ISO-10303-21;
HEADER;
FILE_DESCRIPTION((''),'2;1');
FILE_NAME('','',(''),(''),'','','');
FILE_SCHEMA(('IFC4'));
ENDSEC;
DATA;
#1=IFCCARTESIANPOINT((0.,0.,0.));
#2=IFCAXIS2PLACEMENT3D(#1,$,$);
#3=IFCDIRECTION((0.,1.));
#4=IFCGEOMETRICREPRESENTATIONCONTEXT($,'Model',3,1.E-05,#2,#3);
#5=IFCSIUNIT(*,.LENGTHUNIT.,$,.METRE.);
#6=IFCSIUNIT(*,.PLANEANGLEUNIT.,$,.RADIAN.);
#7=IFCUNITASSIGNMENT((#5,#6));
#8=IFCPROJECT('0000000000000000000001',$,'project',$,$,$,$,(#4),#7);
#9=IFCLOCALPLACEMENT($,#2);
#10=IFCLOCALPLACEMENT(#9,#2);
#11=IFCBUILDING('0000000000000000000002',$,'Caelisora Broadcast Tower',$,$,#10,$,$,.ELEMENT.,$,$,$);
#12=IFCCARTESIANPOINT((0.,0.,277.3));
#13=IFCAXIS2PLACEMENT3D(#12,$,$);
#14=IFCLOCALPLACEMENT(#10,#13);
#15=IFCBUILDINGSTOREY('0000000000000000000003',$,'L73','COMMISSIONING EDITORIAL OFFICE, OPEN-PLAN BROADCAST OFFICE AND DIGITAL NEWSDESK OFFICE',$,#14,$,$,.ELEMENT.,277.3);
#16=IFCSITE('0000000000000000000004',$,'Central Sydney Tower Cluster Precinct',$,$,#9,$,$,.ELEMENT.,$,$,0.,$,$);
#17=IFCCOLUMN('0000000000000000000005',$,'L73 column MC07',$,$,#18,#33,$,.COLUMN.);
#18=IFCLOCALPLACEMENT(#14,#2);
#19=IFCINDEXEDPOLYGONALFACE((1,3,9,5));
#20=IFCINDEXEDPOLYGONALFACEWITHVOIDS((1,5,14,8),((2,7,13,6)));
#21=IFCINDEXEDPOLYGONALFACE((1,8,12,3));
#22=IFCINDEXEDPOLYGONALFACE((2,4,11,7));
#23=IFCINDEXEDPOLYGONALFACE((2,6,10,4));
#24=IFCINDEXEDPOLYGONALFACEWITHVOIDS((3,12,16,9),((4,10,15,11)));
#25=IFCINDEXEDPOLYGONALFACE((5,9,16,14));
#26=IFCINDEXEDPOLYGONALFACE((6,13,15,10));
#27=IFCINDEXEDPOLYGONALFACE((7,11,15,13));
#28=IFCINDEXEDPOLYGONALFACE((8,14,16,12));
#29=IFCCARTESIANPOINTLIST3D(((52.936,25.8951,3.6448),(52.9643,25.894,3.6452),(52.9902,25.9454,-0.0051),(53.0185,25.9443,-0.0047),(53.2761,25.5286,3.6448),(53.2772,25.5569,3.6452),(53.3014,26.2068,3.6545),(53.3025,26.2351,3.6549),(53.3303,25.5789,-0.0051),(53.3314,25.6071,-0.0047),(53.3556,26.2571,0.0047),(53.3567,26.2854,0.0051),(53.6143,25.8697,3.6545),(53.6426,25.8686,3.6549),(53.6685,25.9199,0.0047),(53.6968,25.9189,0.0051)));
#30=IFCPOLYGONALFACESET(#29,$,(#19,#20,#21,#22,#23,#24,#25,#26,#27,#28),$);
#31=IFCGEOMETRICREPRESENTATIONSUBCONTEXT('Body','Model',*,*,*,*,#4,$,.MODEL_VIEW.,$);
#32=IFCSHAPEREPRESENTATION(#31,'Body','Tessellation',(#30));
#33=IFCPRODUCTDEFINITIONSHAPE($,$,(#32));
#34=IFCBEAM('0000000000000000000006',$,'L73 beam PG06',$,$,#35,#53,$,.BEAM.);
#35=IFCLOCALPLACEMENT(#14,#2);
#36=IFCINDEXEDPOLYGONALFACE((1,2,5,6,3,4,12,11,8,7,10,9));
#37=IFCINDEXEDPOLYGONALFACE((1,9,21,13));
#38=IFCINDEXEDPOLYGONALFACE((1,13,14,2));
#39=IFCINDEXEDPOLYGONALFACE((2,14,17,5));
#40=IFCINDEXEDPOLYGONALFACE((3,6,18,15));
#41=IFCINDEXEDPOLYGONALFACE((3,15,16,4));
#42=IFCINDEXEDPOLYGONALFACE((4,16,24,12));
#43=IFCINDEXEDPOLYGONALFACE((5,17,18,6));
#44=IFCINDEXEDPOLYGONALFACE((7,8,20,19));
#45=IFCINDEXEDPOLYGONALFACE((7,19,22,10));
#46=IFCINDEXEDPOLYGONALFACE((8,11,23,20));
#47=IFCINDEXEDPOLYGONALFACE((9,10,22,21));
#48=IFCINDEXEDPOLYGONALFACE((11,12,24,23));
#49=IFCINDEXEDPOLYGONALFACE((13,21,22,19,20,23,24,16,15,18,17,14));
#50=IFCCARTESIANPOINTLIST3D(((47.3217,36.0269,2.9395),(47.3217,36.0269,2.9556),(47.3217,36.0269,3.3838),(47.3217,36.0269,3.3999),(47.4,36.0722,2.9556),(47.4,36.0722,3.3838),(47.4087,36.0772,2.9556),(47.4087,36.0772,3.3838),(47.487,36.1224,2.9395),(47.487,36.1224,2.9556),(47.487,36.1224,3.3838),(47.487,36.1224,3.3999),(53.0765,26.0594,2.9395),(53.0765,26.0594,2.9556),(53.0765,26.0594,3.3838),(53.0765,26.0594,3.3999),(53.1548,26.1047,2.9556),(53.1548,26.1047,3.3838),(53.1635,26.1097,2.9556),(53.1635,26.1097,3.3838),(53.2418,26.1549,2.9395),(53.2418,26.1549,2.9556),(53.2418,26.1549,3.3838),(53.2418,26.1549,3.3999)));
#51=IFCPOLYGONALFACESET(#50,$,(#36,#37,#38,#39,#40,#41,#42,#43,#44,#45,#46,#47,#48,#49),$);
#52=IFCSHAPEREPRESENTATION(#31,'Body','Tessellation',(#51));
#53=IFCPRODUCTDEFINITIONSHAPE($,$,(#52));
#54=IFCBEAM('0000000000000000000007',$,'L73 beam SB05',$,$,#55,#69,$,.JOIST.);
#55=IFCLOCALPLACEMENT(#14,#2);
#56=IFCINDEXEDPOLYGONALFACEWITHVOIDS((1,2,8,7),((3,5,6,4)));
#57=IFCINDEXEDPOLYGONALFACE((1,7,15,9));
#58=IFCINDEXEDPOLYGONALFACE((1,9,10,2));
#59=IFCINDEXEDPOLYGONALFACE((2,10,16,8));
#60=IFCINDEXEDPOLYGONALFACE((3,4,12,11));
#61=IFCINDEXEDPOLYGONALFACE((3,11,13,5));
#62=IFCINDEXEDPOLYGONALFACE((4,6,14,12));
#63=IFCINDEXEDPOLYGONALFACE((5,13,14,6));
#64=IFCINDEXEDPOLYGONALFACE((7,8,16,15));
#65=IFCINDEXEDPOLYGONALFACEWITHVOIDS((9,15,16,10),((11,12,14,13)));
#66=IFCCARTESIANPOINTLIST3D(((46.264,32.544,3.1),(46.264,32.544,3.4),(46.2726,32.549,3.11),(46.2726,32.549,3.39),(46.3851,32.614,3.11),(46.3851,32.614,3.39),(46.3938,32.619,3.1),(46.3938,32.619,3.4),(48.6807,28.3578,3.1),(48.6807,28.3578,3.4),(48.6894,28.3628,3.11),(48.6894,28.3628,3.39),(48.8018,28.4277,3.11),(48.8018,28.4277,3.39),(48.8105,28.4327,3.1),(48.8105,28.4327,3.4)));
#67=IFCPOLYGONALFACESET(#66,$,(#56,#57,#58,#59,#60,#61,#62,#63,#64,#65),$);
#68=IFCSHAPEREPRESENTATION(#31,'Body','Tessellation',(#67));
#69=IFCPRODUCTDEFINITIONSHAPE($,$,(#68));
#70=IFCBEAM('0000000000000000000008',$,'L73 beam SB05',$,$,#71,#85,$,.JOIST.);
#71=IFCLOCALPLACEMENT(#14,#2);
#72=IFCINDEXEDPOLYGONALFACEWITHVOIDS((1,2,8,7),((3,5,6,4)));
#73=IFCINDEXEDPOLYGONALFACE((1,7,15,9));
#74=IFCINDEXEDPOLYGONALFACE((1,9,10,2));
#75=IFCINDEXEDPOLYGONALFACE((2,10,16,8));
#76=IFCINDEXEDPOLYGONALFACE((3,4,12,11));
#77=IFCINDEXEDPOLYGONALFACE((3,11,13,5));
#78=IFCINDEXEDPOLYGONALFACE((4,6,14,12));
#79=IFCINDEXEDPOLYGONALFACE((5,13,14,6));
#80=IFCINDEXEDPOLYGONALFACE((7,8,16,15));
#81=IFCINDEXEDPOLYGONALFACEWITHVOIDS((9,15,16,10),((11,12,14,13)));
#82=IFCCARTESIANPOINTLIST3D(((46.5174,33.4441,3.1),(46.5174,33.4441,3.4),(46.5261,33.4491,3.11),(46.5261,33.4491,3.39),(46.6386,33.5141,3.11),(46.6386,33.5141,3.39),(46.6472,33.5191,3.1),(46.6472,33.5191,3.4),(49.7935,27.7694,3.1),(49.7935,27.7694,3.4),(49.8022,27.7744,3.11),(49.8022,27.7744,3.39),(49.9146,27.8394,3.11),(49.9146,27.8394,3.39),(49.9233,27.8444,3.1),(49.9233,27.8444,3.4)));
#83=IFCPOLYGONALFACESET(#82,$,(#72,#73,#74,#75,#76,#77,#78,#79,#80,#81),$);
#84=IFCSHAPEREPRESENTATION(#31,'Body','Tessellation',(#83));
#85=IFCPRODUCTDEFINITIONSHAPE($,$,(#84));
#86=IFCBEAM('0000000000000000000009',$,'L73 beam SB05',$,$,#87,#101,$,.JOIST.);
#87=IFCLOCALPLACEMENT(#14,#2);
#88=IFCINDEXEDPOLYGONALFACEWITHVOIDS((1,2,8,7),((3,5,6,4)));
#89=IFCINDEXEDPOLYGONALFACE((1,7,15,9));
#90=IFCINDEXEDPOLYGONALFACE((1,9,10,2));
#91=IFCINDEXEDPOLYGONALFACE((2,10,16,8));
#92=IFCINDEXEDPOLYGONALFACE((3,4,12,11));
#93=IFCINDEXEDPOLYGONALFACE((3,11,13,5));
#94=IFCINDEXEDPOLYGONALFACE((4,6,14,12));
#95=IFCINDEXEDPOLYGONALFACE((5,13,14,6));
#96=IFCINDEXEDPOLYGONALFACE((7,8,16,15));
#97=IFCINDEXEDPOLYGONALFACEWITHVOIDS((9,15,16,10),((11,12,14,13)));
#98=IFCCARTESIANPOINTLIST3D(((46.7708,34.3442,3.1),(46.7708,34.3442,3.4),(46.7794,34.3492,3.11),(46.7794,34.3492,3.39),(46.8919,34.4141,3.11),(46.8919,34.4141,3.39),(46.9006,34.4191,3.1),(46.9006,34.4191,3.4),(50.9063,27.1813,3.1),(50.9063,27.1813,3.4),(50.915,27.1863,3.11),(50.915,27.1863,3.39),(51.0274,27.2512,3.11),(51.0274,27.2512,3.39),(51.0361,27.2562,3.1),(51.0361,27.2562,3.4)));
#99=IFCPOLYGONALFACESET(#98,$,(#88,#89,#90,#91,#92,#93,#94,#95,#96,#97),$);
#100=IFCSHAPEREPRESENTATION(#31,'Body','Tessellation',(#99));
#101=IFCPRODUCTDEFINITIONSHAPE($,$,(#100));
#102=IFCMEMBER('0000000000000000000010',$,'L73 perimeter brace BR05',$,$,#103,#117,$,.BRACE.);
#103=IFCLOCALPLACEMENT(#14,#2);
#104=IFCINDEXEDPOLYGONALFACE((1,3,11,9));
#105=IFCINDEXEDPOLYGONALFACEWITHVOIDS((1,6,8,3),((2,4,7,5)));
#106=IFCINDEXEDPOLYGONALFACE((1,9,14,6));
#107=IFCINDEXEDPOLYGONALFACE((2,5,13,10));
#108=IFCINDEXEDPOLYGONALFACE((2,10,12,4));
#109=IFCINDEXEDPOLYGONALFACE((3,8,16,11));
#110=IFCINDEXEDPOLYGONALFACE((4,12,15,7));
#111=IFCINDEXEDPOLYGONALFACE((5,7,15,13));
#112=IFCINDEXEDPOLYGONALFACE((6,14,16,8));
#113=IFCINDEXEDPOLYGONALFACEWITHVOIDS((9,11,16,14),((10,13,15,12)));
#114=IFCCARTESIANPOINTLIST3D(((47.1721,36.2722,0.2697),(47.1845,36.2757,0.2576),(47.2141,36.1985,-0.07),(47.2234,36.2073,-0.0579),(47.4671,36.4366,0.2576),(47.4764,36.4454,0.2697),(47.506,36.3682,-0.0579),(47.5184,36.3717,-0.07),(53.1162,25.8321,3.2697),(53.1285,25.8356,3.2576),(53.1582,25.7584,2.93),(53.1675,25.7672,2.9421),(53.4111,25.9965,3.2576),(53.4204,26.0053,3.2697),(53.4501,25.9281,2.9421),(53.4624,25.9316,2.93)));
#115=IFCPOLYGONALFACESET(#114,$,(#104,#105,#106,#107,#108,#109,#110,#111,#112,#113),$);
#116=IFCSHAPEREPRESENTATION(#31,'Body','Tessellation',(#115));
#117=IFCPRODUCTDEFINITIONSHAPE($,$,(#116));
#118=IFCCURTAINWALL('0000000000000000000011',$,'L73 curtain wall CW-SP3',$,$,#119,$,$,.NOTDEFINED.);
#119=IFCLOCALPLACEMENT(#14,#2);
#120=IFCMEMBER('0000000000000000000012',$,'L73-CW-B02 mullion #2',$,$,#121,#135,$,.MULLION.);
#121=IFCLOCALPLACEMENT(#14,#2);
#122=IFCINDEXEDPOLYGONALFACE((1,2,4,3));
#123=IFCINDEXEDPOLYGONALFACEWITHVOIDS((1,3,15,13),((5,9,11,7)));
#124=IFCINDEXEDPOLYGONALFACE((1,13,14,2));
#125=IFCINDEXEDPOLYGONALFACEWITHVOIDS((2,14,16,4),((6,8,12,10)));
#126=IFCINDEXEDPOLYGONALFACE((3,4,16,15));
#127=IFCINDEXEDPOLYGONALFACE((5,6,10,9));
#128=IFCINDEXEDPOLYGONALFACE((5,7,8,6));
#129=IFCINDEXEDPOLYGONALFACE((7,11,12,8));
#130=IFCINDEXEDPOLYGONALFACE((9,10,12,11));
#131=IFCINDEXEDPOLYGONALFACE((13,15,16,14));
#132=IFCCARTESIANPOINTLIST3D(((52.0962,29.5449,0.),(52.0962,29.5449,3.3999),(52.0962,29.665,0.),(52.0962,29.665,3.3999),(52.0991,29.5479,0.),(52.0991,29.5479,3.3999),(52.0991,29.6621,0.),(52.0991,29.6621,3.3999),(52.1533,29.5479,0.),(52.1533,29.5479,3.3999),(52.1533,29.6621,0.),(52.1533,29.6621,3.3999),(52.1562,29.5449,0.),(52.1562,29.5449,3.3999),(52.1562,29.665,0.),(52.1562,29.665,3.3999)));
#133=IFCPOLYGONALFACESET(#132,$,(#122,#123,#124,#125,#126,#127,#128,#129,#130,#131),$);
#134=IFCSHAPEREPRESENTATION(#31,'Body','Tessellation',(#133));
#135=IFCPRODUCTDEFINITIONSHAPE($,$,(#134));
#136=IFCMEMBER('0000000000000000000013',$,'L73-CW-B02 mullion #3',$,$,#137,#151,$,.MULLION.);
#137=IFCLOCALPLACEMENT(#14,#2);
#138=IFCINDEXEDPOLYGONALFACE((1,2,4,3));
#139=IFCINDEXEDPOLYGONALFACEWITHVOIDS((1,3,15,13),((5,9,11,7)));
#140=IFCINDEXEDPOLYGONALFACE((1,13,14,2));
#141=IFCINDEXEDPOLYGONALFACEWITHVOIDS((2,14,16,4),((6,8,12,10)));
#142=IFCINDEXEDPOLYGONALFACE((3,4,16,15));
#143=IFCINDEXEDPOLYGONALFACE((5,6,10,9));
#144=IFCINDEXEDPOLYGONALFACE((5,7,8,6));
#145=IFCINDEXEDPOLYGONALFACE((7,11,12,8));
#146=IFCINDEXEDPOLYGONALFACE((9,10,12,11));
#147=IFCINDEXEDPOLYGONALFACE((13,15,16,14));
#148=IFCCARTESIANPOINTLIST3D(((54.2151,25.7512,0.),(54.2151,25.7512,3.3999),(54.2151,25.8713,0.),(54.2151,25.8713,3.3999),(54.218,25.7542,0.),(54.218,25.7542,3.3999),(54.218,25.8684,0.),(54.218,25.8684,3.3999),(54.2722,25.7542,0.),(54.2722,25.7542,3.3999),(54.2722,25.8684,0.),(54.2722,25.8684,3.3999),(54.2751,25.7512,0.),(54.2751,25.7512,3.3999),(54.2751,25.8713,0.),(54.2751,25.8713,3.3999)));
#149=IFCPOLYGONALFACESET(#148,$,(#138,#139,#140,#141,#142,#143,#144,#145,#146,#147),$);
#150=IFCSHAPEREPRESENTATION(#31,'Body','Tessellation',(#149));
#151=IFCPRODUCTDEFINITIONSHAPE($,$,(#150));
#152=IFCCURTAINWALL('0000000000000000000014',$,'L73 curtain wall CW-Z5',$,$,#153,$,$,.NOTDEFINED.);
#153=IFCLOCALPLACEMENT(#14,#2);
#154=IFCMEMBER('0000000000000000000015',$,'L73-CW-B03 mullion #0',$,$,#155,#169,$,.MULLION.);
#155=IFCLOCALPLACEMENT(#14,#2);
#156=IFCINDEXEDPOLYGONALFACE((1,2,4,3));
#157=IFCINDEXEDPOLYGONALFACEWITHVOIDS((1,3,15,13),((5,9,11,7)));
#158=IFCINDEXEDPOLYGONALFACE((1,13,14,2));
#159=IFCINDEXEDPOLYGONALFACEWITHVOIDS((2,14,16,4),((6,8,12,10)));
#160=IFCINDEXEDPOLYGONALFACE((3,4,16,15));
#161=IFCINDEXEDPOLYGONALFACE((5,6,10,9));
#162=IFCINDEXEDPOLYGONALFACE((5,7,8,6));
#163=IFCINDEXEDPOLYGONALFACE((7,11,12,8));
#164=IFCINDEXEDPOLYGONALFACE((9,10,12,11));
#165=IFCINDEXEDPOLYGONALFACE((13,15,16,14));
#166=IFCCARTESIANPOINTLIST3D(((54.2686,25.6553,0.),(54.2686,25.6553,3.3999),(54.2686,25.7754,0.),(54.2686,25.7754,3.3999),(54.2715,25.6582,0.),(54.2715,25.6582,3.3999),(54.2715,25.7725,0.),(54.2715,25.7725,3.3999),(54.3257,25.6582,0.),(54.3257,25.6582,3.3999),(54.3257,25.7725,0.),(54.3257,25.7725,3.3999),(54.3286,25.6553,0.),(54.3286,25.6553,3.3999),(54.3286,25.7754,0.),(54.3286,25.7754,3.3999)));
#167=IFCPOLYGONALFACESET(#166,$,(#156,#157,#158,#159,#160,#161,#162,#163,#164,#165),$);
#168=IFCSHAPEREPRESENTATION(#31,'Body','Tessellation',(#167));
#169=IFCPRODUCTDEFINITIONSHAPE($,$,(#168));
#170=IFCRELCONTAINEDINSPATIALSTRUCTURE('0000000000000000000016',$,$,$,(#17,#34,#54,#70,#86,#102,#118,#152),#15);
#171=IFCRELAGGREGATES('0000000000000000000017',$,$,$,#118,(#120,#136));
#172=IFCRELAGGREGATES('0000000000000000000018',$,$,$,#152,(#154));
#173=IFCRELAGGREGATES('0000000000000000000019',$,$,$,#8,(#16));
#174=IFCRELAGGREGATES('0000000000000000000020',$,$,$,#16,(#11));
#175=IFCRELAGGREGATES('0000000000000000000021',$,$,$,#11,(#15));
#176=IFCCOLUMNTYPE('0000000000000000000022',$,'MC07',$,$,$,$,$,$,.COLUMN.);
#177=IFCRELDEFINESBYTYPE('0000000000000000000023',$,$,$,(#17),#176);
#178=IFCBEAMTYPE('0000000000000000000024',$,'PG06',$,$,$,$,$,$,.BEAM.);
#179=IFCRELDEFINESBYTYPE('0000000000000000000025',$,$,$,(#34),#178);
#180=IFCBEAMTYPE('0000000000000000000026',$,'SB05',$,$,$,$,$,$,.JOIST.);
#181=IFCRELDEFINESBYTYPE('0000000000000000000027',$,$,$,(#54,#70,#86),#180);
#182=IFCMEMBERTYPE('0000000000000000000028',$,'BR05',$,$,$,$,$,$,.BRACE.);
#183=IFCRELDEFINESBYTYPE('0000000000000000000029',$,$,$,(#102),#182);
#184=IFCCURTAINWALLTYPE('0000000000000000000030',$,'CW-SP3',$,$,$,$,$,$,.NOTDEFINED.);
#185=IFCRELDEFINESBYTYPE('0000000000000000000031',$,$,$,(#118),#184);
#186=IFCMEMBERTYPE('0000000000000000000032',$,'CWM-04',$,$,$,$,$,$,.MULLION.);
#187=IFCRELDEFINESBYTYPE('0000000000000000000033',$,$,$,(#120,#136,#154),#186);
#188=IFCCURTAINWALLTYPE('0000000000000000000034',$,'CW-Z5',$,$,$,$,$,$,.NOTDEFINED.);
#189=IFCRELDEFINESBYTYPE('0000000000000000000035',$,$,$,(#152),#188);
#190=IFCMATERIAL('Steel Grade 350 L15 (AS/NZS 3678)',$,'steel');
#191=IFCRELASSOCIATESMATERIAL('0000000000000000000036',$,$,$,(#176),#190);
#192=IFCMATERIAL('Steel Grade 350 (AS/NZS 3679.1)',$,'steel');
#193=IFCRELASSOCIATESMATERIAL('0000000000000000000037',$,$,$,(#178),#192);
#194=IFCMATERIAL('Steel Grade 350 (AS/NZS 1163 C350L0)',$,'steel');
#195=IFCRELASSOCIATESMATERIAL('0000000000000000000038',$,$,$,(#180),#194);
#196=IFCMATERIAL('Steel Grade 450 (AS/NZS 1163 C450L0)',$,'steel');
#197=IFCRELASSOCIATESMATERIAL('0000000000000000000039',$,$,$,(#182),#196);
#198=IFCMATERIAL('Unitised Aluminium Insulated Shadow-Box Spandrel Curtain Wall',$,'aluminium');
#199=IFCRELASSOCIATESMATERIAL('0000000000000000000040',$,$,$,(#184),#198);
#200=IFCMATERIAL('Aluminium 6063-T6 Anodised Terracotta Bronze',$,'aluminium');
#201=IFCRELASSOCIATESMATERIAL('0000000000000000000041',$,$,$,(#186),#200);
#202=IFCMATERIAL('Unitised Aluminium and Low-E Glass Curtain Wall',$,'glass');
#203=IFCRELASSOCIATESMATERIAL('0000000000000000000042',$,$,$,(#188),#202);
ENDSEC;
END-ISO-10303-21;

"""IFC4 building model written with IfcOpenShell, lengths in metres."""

from ifc_helpers import new_model, si_unit, direction, frame, origin, origin_2d, place, context, subcontext, project, spatial, hollow_rectangle, i_section, extrude, source, transform, mapped, material, material_profile, profile_set, type_object, type_shapes, element, aggregate, save


model = new_model("IFC4")

# Units and contexts
model_context = context("Model", 3, precision=1e-05, world=origin(), true_north=direction((0.0, 1.0)))
body_context = subcontext(model_context, "Body", "Model", "MODEL_VIEW")
ifc_project = project(units=[si_unit("LENGTHUNIT", "METRE"), si_unit("PLANEANGLEUNIT", "RADIAN")], contexts=[model_context])

# Site, building, storey
site_placement = place(None, origin())
site = spatial("IfcSite", under=ifc_project, at=site_placement, Name="Central Sydney Tower Cluster Precinct", CompositionType="ELEMENT", RefElevation=0.0)
building_placement = place(site_placement, origin())
building = spatial("IfcBuilding", under=site, at=building_placement, Name="Caelisora Broadcast Tower", CompositionType="ELEMENT")
storey_placement = place(building_placement, frame((0.0, 0.0, 277.3)))
storey = spatial("IfcBuildingStorey", under=building, at=storey_placement, Name="L73", Description="COMMISSIONING EDITORIAL OFFICE, OPEN-PLAN BROADCAST OFFICE AND DIGITAL NEWSDESK OFFICE", CompositionType="ELEMENT", Elevation=277.3)

# Column
ifc_material_1 = material(Name="Steel Grade 350 L15 (AS/NZS 3678)", Category="steel")
ifc_material_profile_1 = material_profile(ifc_material_1, hollow_rectangle(XDim=0.5, YDim=0.5, WallThickness=0.02, at=origin_2d()), Name="Steel Grade 350 L15 (AS/NZS 3678)")
ifc_profile_set_1 = profile_set([ifc_material_profile_1], Name="Steel Grade 350 L15 (AS/NZS 3678)")
column_type = type_object("IfcColumnType", Name="MC07", PredefinedType="COLUMN", material=ifc_profile_set_1)
shared_shape_1 = source(origin(), body_context, "Body", "SweptSolid", [
    extrude(hollow_rectangle(XDim=0.5, YDim=0.5, WallThickness=0.02, at=origin_2d()), origin(), (0.0, 0.0, 1.0), 3.6506),
])
type_shapes(column_type, [shared_shape_1])
column_placement = place(storey_placement, frame((53.3435, 25.9321, 0.0), z_axis=(-0.014846, -0.013776, 0.999795), x_axis=(0.680198, -0.733029, 0.0)))
element("IfcColumn", 1, at=column_placement, inside=storey, type_object=column_type, Name="L73 column MC07", PredefinedType="COLUMN", context=body_context, shape_type="MappedRepresentation", body=[
    mapped(shared_shape_1, transform((0.0, 0.0, 0.0), scale=1.0)),
])

# Beams
ifc_material_2 = material(Name="Steel Grade 350 (AS/NZS 3679.1)", Category="steel")
ifc_material_profile_2 = material_profile(ifc_material_2, i_section(OverallWidth=0.1909, OverallDepth=0.4604, WebThickness=0.01, FlangeThickness=0.0161, at=origin_2d()), Name="Steel Grade 350 (AS/NZS 3679.1)")
ifc_profile_set_2 = profile_set([ifc_material_profile_2], Name="Steel Grade 350 (AS/NZS 3679.1)")
beam_type_1 = type_object("IfcBeamType", Name="PG06", PredefinedType="BEAM", material=ifc_profile_set_2)
shared_shape_2 = source(origin(), body_context, "Body", "SweptSolid", [
    extrude(i_section(OverallWidth=0.1909, OverallDepth=0.4604, WebThickness=0.01, FlangeThickness=0.0161, at=origin_2d()), origin(), (0.0, 0.0, 1.0), 11.5095),
])
type_shapes(beam_type_1, [shared_shape_2])
beam_1_placement = place(storey_placement, frame((53.1592, 26.1072, 3.1697), z_axis=(-0.500008, 0.866021, 0.0), x_axis=(-0.866021, -0.500008, 0.0)))
element("IfcBeam", 2, at=beam_1_placement, inside=storey, type_object=beam_type_1, Name="L73 beam PG06", PredefinedType="BEAM", context=body_context, shape_type="MappedRepresentation", body=[
    mapped(shared_shape_2, transform((0.0, 0.0, 0.0), scale=1.0)),
])
ifc_material_3 = material(Name="Steel Grade 350 (AS/NZS 1163 C350L0)", Category="steel")
ifc_material_profile_3 = material_profile(ifc_material_3, hollow_rectangle(XDim=0.1499, YDim=0.3, WallThickness=0.01, at=origin_2d()), Name="Steel Grade 350 (AS/NZS 1163 C350L0)")
ifc_profile_set_3 = profile_set([ifc_material_profile_3], Name="Steel Grade 350 (AS/NZS 1163 C350L0)")
beam_type_2 = type_object("IfcBeamType", Name="SB05", PredefinedType="JOIST", material=ifc_profile_set_3)
shared_shape_3 = source(origin(), body_context, "Body", "SweptSolid", [
    extrude(hollow_rectangle(XDim=0.1499, YDim=0.3, WallThickness=0.01, at=origin_2d()), origin(), (0.0, 0.0, 1.0), 4.8337),
])
beam_2_placement = place(storey_placement, frame((48.7456, 28.3953, 3.25), z_axis=(-0.499969, 0.866043, 0.0), x_axis=(-0.866043, -0.499969, 0.0)))
element("IfcBeam", 3, at=beam_2_placement, inside=storey, type_object=beam_type_2, Name="L73 beam SB05", PredefinedType="JOIST", context=body_context, shape_type="MappedRepresentation", body=[
    mapped(shared_shape_3, transform((0.0, 0.0, 0.0), scale=1.0)),
])
shared_shape_4 = source(origin(), body_context, "Body", "SweptSolid", [
    extrude(hollow_rectangle(XDim=0.1499, YDim=0.3, WallThickness=0.01, at=origin_2d()), origin(), (0.0, 0.0, 1.0), 6.5525),
])
beam_3_placement = place(storey_placement, frame((49.8584, 27.8069, 3.25), z_axis=(-0.499974, 0.86604, 0.0), x_axis=(-0.86604, -0.499974, 0.0)))
element("IfcBeam", 4, at=beam_3_placement, inside=storey, type_object=beam_type_2, Name="L73 beam SB05", PredefinedType="JOIST", context=body_context, shape_type="MappedRepresentation", body=[
    mapped(shared_shape_4, transform((0.0, 0.0, 0.0), scale=1.0)),
])
shared_shape_5 = source(origin(), body_context, "Body", "SweptSolid", [
    extrude(hollow_rectangle(XDim=0.1499, YDim=0.3, WallThickness=0.01, at=origin_2d()), origin(), (0.0, 0.0, 1.0), 8.271),
])
type_shapes(beam_type_2, [shared_shape_3, shared_shape_4, shared_shape_5])
beam_4_placement = place(storey_placement, frame((50.9712, 27.2188, 3.25), z_axis=(-0.500003, 0.866024, 0.0), x_axis=(-0.866024, -0.500003, 0.0)))
element("IfcBeam", 5, at=beam_4_placement, inside=storey, type_object=beam_type_2, Name="L73 beam SB05", PredefinedType="JOIST", context=body_context, shape_type="MappedRepresentation", body=[
    mapped(shared_shape_5, transform((0.0, 0.0, 0.0), scale=1.0)),
])

# Member
ifc_material_4 = material(Name="Steel Grade 450 (AS/NZS 1163 C450L0)", Category="steel")
ifc_material_profile_4 = material_profile(ifc_material_4, hollow_rectangle(XDim=0.3501, YDim=0.3501, WallThickness=0.0125, at=origin_2d()), Name="Steel Grade 450 (AS/NZS 1163 C450L0)")
ifc_profile_set_4 = profile_set([ifc_material_profile_4], Name="Steel Grade 450 (AS/NZS 1163 C450L0)")
member_type_1 = type_object("IfcMemberType", Name="BR05", PredefinedType="BRACE", material=ifc_profile_set_4)
shared_shape_6 = source(origin(), body_context, "Body", "SweptSolid", [
    extrude(hollow_rectangle(XDim=0.3501, YDim=0.3501, WallThickness=0.0125, at=origin_2d()), origin(), (0.0, 0.0, 1.0), 12.3826),
])
type_shapes(member_type_1, [shared_shape_6])
member_1_placement = place(storey_placement, frame((53.2893, 25.8818, 3.0999), z_axis=(-0.480034, 0.843131, -0.242275), x_axis=(-0.869021, -0.494775, 0.0)))
element("IfcMember", 6, at=member_1_placement, inside=storey, type_object=member_type_1, Name="L73 perimeter brace BR05", PredefinedType="BRACE", context=body_context, shape_type="MappedRepresentation", body=[
    mapped(shared_shape_6, transform((0.0, 0.0, 0.0), scale=1.0)),
])

# Curtain walls, members
ifc_material_5 = material(Name="Unitised Aluminium Insulated Shadow-Box Spandrel Curtain Wall", Category="aluminium")
curtain_wall_type_1 = type_object("IfcCurtainWallType", Name="CW-SP3", PredefinedType="NOTDEFINED", material=ifc_material_5)
curtain_wall_1_placement = place(storey_placement, origin())
curtain_wall_1 = element("IfcCurtainWall", 7, at=curtain_wall_1_placement, inside=storey, type_object=curtain_wall_type_1, Name="L73 curtain wall CW-SP3", PredefinedType="NOTDEFINED")
ifc_material_6 = material(Name="Aluminium 6063-T6 Anodised Terracotta Bronze", Category="aluminium")
ifc_material_profile_5 = material_profile(ifc_material_6, hollow_rectangle(XDim=0.0601, YDim=0.1201, WallThickness=0.0029, at=origin_2d()), Name="Aluminium 6063-T6 Anodised Terracotta Bronze")
ifc_profile_set_5 = profile_set([ifc_material_profile_5], Name="Aluminium 6063-T6 Anodised Terracotta Bronze")
member_type_2 = type_object("IfcMemberType", Name="CWM-04", PredefinedType="MULLION", material=ifc_profile_set_5)
shared_shape_7 = source(origin(), body_context, "Body", "SweptSolid", [
    extrude(hollow_rectangle(XDim=0.0601, YDim=0.1201, WallThickness=0.0029, at=origin_2d()), origin(), (0.0, 0.0, 1.0), 3.3999),
])
type_shapes(member_type_2, [shared_shape_7])
member_2_placement = place(storey_placement, frame((52.1262, 29.605, 0.0), z_axis=(0.0, 0.0, 1.0), x_axis=(1.0, 0.0, 0.0)))
member_2 = element("IfcMember", 8, at=member_2_placement, type_object=member_type_2, Name="L73-CW-B02 mullion #2", PredefinedType="MULLION", context=body_context, shape_type="MappedRepresentation", body=[
    mapped(shared_shape_7, transform((0.0, 0.0, 0.0), scale=1.0)),
])
member_3_placement = place(storey_placement, frame((54.2451, 25.8113, 0.0), z_axis=(0.0, 0.0, 1.0), x_axis=(1.0, 0.0, 0.0)))
member_3 = element("IfcMember", 9, at=member_3_placement, type_object=member_type_2, Name="L73-CW-B02 mullion #3", PredefinedType="MULLION", context=body_context, shape_type="MappedRepresentation", body=[
    mapped(shared_shape_7, transform((0.0, 0.0, 0.0), scale=1.0)),
])
ifc_material_7 = material(Name="Unitised Aluminium and Low-E Glass Curtain Wall", Category="glass")
curtain_wall_type_2 = type_object("IfcCurtainWallType", Name="CW-Z5", PredefinedType="NOTDEFINED", material=ifc_material_7)
curtain_wall_2_placement = place(storey_placement, origin())
curtain_wall_2 = element("IfcCurtainWall", 10, at=curtain_wall_2_placement, inside=storey, type_object=curtain_wall_type_2, Name="L73 curtain wall CW-Z5", PredefinedType="NOTDEFINED")
member_4_placement = place(storey_placement, frame((54.2986, 25.7153, 0.0), z_axis=(0.0, 0.0, 1.0), x_axis=(1.0, 0.0, 0.0)))
member_4 = element("IfcMember", 11, at=member_4_placement, type_object=member_type_2, Name="L73-CW-B03 mullion #0", PredefinedType="MULLION", context=body_context, shape_type="MappedRepresentation", body=[
    mapped(shared_shape_7, transform((0.0, 0.0, 0.0), scale=1.0)),
])

aggregate(curtain_wall_1, [member_2, member_3])
aggregate(curtain_wall_2, [member_4])

save(model, "model.ifc")
